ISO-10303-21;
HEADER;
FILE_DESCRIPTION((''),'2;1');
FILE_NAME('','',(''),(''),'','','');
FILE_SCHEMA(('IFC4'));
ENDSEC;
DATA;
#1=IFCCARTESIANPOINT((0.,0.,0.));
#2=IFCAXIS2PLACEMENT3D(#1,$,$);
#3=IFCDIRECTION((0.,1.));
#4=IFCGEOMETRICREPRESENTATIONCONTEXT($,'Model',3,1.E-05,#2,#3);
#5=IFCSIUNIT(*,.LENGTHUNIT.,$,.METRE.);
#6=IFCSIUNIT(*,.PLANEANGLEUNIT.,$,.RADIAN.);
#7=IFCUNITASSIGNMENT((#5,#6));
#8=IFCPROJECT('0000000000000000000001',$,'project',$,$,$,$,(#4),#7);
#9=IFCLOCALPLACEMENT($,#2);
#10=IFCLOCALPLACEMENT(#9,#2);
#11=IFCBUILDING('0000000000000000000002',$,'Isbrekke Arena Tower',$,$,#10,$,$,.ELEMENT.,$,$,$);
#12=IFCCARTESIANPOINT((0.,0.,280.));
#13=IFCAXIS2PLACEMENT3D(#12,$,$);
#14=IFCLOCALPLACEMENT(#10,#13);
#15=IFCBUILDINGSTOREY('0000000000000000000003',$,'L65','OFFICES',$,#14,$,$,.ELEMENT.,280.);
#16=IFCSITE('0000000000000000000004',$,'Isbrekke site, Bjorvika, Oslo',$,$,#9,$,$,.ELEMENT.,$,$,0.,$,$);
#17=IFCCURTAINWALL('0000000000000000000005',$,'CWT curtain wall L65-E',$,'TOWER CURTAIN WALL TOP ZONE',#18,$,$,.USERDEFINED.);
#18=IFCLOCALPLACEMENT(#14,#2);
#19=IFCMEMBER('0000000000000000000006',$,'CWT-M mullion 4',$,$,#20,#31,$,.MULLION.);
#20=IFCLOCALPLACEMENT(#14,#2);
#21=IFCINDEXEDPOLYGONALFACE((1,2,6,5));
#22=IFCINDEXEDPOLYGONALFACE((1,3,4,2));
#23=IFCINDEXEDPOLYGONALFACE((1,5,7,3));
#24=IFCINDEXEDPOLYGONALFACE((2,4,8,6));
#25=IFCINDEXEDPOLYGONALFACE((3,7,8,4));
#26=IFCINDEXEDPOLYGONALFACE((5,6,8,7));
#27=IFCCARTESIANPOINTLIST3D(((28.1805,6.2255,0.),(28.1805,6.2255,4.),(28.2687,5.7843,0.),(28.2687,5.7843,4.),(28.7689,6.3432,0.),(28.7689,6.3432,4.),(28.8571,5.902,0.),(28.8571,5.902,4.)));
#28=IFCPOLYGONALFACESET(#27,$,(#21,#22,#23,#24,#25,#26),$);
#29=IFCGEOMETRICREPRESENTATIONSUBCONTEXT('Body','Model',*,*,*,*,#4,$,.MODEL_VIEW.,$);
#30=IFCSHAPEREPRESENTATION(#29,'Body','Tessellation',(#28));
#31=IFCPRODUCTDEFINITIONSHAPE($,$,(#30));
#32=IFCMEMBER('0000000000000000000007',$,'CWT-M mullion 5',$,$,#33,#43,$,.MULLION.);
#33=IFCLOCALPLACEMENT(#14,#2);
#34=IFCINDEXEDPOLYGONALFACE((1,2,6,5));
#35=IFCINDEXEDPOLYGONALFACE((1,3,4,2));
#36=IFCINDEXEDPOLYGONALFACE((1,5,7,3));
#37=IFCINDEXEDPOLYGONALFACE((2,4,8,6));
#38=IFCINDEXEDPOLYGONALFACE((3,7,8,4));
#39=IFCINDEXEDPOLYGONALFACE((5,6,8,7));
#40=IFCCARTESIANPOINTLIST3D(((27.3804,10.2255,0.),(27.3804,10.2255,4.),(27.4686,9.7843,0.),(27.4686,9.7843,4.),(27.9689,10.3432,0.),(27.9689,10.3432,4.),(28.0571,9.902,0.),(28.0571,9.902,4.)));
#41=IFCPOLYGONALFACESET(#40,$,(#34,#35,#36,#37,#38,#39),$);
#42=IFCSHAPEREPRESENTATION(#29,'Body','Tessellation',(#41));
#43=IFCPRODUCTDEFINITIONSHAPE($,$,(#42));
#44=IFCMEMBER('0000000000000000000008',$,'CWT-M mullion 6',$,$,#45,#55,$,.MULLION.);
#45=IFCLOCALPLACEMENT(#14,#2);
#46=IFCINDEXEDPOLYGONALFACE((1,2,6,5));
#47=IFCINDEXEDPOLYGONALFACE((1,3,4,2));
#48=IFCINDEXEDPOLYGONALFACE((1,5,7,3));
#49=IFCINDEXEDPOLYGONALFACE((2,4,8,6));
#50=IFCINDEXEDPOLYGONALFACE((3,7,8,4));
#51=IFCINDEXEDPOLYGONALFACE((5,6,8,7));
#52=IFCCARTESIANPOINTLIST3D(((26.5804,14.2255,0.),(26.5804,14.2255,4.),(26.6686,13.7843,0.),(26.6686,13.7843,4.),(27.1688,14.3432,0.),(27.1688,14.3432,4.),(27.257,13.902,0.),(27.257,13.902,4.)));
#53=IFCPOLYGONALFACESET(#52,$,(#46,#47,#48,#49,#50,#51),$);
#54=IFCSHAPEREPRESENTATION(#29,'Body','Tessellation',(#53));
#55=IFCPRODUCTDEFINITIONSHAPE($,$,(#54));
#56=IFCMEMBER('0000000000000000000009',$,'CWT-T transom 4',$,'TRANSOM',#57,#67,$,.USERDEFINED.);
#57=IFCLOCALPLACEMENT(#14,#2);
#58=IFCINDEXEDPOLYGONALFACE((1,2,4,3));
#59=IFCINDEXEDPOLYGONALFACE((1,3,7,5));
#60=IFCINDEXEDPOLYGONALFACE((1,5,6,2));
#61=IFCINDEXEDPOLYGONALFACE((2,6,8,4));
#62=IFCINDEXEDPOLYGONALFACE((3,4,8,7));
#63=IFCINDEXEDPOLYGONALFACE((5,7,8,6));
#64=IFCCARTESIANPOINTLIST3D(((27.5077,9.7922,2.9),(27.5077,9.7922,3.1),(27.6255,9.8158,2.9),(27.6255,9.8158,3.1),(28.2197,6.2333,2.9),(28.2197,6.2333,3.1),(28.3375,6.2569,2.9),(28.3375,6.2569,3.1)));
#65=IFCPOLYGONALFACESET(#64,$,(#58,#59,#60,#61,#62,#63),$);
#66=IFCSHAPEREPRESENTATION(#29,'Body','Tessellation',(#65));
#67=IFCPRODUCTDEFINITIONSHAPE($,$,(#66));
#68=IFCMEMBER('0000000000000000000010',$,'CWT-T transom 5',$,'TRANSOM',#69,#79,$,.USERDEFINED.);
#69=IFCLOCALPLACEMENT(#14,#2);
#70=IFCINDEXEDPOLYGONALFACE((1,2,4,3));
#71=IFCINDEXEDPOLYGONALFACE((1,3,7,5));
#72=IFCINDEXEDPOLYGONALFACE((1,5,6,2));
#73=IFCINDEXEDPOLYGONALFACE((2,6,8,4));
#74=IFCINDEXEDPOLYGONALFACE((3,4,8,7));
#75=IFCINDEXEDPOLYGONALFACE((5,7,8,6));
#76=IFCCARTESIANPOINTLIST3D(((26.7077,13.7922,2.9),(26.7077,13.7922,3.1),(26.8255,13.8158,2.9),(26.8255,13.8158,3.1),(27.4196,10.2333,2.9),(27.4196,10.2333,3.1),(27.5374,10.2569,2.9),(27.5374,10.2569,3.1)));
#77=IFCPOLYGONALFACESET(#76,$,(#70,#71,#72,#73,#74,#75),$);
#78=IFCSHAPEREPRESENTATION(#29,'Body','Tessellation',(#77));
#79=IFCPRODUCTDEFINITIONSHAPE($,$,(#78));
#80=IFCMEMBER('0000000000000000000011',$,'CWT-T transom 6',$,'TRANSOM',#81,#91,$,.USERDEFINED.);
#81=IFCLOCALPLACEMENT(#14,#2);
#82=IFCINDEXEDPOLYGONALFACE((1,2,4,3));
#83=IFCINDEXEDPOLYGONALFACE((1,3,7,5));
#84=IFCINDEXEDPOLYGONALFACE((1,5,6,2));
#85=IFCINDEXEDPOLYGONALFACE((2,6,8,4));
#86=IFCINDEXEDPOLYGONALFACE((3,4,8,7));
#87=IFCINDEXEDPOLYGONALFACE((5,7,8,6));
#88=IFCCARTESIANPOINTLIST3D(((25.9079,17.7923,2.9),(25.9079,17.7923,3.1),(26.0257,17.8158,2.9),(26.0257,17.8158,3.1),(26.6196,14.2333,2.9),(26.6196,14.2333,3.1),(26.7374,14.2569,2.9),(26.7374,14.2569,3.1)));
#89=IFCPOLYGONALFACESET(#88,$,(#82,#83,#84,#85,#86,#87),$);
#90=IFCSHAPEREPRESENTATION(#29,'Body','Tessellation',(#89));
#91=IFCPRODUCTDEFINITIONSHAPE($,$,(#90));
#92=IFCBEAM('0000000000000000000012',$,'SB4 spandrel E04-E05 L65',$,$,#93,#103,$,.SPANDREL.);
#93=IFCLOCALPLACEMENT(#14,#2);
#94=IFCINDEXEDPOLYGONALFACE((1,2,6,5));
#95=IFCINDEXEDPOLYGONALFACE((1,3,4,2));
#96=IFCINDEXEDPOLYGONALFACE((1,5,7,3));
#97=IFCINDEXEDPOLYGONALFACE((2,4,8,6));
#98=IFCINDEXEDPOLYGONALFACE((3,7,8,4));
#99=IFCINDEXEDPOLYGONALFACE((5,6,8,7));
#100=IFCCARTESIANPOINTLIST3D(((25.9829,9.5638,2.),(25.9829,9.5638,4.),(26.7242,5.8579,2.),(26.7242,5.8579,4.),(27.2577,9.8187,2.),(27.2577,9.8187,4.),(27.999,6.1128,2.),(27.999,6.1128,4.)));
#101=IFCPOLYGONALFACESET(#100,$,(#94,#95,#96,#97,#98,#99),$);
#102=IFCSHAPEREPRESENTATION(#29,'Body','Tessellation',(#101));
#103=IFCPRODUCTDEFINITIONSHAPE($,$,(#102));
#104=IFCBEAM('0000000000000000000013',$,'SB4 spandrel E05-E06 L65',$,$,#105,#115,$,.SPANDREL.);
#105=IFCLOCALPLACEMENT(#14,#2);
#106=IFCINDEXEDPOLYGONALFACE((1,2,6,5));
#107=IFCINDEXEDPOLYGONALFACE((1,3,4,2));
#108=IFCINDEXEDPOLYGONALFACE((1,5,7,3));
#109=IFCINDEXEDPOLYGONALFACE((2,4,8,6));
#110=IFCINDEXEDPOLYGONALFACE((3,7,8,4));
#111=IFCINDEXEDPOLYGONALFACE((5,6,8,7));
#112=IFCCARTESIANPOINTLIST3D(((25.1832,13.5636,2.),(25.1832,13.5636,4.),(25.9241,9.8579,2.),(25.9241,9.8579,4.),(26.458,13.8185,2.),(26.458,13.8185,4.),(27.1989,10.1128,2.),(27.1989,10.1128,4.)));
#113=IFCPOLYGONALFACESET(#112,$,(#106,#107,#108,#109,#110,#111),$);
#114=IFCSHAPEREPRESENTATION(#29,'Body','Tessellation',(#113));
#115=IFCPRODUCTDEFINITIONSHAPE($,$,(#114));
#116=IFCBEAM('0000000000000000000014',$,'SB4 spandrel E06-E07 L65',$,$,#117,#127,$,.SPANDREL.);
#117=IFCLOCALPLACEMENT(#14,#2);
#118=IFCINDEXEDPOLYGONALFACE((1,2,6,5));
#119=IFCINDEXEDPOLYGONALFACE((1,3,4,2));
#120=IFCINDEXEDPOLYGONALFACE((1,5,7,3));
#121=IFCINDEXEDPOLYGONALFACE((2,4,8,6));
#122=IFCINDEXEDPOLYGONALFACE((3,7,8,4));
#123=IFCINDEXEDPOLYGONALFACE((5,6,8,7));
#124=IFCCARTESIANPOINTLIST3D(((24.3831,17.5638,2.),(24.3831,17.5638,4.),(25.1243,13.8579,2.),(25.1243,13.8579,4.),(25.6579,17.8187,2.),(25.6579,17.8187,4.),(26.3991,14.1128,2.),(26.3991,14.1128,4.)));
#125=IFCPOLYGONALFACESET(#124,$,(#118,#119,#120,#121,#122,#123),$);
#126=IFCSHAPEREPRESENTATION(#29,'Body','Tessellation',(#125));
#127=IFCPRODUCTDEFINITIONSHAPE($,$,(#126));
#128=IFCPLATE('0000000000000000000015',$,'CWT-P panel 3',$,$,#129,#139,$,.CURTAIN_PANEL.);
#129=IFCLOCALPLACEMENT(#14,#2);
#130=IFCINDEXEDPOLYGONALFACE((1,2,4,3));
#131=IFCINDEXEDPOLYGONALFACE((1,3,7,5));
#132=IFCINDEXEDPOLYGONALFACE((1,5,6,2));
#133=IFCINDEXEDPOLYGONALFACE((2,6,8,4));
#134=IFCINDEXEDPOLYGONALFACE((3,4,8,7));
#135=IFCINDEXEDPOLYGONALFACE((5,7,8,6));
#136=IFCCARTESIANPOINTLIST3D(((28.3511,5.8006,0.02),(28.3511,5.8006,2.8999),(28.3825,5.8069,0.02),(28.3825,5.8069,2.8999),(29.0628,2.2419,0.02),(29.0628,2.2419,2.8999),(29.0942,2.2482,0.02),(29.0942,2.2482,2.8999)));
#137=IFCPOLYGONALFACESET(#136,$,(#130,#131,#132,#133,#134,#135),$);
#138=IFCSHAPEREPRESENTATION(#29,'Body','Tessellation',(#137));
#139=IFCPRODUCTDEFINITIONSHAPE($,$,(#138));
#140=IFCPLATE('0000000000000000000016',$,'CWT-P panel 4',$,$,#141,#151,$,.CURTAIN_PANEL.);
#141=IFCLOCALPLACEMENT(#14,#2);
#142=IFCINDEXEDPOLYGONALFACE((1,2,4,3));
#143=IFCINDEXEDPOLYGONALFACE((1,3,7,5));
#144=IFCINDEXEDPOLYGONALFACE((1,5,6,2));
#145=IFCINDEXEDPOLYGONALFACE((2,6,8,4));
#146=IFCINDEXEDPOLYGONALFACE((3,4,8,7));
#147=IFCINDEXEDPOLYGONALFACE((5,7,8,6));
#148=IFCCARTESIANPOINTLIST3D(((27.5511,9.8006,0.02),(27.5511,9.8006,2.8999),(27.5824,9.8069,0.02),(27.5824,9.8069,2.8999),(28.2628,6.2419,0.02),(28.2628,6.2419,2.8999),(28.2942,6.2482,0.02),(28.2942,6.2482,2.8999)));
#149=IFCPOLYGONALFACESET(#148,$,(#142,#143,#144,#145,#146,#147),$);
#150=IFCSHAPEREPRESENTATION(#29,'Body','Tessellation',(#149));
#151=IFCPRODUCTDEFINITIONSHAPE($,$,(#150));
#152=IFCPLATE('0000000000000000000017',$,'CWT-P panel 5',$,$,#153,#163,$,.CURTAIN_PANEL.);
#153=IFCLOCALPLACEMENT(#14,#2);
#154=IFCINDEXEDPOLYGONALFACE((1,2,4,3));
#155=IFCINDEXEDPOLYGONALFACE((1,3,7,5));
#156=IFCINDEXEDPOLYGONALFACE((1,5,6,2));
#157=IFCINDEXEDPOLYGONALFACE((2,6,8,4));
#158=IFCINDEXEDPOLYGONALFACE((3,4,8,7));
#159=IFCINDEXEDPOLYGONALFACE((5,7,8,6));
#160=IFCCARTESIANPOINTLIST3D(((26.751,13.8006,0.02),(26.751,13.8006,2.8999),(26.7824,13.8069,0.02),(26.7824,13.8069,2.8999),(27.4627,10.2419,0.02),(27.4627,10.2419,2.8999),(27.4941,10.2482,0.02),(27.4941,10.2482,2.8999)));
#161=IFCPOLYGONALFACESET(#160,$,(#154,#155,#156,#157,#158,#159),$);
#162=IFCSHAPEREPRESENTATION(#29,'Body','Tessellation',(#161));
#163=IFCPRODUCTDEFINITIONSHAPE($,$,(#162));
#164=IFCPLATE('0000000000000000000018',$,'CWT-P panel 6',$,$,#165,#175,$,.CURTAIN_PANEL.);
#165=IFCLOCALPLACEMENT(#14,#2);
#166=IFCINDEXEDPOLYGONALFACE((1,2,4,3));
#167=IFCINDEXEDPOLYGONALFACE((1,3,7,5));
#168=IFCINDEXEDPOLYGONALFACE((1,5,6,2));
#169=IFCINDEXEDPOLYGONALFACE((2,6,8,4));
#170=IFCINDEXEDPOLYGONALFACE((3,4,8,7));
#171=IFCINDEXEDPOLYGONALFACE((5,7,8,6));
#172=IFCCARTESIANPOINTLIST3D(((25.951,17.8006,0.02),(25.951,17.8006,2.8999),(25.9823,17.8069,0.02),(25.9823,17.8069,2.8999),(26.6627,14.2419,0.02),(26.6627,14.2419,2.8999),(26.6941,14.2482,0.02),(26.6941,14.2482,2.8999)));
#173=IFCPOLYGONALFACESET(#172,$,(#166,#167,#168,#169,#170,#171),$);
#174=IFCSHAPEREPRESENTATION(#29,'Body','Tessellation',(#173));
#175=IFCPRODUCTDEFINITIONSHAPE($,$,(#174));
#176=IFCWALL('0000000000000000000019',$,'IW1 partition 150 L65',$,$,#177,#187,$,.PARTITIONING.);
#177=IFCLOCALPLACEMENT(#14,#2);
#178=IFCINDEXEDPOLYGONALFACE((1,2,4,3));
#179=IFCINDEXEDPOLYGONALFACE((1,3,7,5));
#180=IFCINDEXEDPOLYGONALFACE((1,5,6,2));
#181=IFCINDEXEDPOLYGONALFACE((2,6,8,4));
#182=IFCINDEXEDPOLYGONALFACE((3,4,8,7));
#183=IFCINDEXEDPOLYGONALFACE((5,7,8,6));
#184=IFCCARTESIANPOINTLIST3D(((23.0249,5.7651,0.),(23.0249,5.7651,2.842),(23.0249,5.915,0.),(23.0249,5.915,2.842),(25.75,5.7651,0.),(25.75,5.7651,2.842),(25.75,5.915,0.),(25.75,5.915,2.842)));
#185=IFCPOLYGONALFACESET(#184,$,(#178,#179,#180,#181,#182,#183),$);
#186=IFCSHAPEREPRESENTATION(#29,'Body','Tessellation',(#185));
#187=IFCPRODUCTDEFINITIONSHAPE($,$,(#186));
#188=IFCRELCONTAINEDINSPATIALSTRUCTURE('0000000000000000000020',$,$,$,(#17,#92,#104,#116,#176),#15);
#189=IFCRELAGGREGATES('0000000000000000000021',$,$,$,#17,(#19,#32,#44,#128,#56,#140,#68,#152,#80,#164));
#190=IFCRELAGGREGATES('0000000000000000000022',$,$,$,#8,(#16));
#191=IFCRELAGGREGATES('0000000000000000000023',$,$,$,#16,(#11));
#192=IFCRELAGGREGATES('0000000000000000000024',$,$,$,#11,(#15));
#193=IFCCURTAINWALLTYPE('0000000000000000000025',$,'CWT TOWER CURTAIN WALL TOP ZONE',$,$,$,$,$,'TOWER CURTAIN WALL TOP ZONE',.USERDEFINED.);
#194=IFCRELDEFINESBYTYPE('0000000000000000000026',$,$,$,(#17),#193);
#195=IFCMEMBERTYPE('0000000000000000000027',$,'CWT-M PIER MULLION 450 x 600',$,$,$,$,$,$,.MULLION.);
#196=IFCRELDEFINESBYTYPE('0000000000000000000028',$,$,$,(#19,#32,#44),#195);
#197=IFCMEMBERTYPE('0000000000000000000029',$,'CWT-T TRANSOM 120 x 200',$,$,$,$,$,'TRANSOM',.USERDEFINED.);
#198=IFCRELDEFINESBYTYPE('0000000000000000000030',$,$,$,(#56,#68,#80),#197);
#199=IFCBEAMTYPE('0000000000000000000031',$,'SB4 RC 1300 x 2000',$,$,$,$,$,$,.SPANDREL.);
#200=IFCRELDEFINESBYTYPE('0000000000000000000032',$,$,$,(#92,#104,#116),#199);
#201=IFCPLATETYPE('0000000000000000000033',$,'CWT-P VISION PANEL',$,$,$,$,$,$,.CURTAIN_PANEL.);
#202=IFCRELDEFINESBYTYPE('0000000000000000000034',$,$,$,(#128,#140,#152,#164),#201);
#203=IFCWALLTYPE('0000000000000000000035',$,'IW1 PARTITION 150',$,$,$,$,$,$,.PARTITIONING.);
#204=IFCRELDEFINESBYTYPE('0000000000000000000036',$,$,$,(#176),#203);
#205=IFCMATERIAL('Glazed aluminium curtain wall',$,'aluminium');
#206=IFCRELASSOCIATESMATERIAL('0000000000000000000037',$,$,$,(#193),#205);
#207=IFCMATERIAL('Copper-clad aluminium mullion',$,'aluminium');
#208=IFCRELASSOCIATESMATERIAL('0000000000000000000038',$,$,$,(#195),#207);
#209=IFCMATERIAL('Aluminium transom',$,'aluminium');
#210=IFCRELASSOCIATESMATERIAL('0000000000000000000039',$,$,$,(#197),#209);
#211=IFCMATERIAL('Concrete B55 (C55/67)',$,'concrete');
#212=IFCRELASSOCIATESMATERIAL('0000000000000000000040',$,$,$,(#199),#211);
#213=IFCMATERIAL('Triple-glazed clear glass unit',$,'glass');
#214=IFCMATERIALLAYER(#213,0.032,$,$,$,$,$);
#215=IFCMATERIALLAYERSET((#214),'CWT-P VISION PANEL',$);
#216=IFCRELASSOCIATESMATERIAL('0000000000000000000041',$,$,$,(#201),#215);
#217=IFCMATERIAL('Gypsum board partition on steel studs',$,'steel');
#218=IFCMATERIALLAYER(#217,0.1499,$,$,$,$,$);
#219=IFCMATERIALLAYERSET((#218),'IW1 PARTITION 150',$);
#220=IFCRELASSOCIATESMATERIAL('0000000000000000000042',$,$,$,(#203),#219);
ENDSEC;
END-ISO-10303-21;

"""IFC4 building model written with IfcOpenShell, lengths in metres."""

from ifc_helpers import new_model, si_unit, direction, frame, frame_2d, origin, origin_2d, place, context, subcontext, project, spatial, rectangle, extrude, material, layer, layer_set, material_profile, profile_set, type_object, element, aggregate, save


model = new_model("IFC4")

# Units and contexts
model_context = context("Model", 3, precision=1e-05, world=origin(), true_north=direction((0.0, 1.0)))
body_context = subcontext(model_context, "Body", "Model", "MODEL_VIEW")
ifc_project = project(units=[si_unit("LENGTHUNIT", "METRE"), si_unit("PLANEANGLEUNIT", "RADIAN")], contexts=[model_context])

# Site, building, storey
site_placement = place(None, origin())
site = spatial("IfcSite", under=ifc_project, at=site_placement, Name="Isbrekke site, Bjorvika, Oslo", CompositionType="ELEMENT", RefElevation=0.0)
building_placement = place(site_placement, origin())
building = spatial("IfcBuilding", under=site, at=building_placement, Name="Isbrekke Arena Tower", CompositionType="ELEMENT")
storey_placement = place(building_placement, frame((0.0, 0.0, 280.0)))
storey = spatial("IfcBuildingStorey", under=building, at=storey_placement, Name="L65", Description="OFFICES", CompositionType="ELEMENT", Elevation=280.0)

# Curtain wall, members
ifc_material_1 = material(Name="Glazed aluminium curtain wall", Category="aluminium")
curtain_wall_type = type_object("IfcCurtainWallType", Name="CWT TOWER CURTAIN WALL TOP ZONE", ElementType="TOWER CURTAIN WALL TOP ZONE", PredefinedType="USERDEFINED", material=ifc_material_1)
curtain_wall_placement = place(storey_placement, origin())
curtain_wall = element("IfcCurtainWall", 1, at=curtain_wall_placement, inside=storey, type_object=curtain_wall_type, Name="CWT curtain wall L65-E", ObjectType="TOWER CURTAIN WALL TOP ZONE", PredefinedType="USERDEFINED")
ifc_material_2 = material(Name="Copper-clad aluminium mullion", Category="aluminium")
ifc_material_profile_1 = material_profile(ifc_material_2, rectangle(XDim=0.45, YDim=0.6001, at=origin_2d()), Name="PIER 450X600")
ifc_profile_set_1 = profile_set([ifc_material_profile_1], Name="Copper-clad aluminium mullion")
member_type_1 = type_object("IfcMemberType", Name="CWT-M PIER MULLION 450 x 600", PredefinedType="MULLION", material=ifc_profile_set_1)
member_1_placement = place(storey_placement, frame((28.5188, 6.0637, 0.0), z_axis=(0.0, 0.0, 1.0), x_axis=(-0.196116, 0.980581, 0.0)))
member_1 = element("IfcMember", 2, at=member_1_placement, type_object=member_type_1, Name="CWT-M mullion 4", PredefinedType="MULLION", context=body_context, shape_type="SweptSolid", body=[
    extrude(rectangle(XDim=0.45, YDim=0.6001, at=origin_2d()), origin(), (0.0, 0.0, 1.0), 4.0),
])
member_2_placement = place(storey_placement, frame((27.7188, 10.0637, 0.0), z_axis=(0.0, 0.0, 1.0), x_axis=(-0.196116, 0.980581, 0.0)))
member_2 = element("IfcMember", 3, at=member_2_placement, type_object=member_type_1, Name="CWT-M mullion 5", PredefinedType="MULLION", context=body_context, shape_type="SweptSolid", body=[
    extrude(rectangle(XDim=0.45, YDim=0.6001, at=origin_2d()), origin(), (0.0, 0.0, 1.0), 4.0),
])
member_3_placement = place(storey_placement, frame((26.9187, 14.0637, 0.0), z_axis=(0.0, 0.0, 1.0), x_axis=(-0.196116, 0.980581, 0.0)))
member_3 = element("IfcMember", 4, at=member_3_placement, type_object=member_type_1, Name="CWT-M mullion 6", PredefinedType="MULLION", context=body_context, shape_type="SweptSolid", body=[
    extrude(rectangle(XDim=0.45, YDim=0.6001, at=origin_2d()), origin(), (0.0, 0.0, 1.0), 4.0),
])
ifc_material_3 = material(Name="Aluminium transom", Category="aluminium")
ifc_material_profile_2 = material_profile(ifc_material_3, rectangle(XDim=0.1201, YDim=0.2, at=origin_2d()), Name="TRANSOM 120X200")
ifc_profile_set_2 = profile_set([ifc_material_profile_2], Name="Aluminium transom")
member_type_2 = type_object("IfcMemberType", Name="CWT-T TRANSOM 120 x 200", ElementType="TRANSOM", PredefinedType="USERDEFINED", material=ifc_profile_set_2)
member_4_placement = place(storey_placement, frame((28.2786, 6.2451, 3.0), z_axis=(-0.196155, 0.980573, 0.0), x_axis=(-0.980573, -0.196155, 0.0)))
member_4 = element("IfcMember", 5, at=member_4_placement, type_object=member_type_2, Name="CWT-T transom 4", ObjectType="TRANSOM", PredefinedType="USERDEFINED", context=body_context, shape_type="SweptSolid", body=[
    extrude(rectangle(XDim=0.1201, YDim=0.2, at=origin_2d()), origin(), (0.0, 0.0, 1.0), 3.6294),
])
member_5_placement = place(storey_placement, frame((27.4785, 10.2451, 3.0), z_axis=(-0.196155, 0.980573, 0.0), x_axis=(-0.980573, -0.196155, 0.0)))
member_5 = element("IfcMember", 6, at=member_5_placement, type_object=member_type_2, Name="CWT-T transom 5", ObjectType="TRANSOM", PredefinedType="USERDEFINED", context=body_context, shape_type="SweptSolid", body=[
    extrude(rectangle(XDim=0.1201, YDim=0.2, at=origin_2d()), origin(), (0.0, 0.0, 1.0), 3.6294),
])
member_6_placement = place(storey_placement, frame((26.6785, 14.2451, 3.0), z_axis=(-0.19609, 0.980586, 0.0), x_axis=(-0.980586, -0.19609, 0.0)))
member_6 = element("IfcMember", 7, at=member_6_placement, type_object=member_type_2, Name="CWT-T transom 6", ObjectType="TRANSOM", PredefinedType="USERDEFINED", context=body_context, shape_type="SweptSolid", body=[
    extrude(rectangle(XDim=0.1201, YDim=0.2, at=origin_2d()), origin(), (0.0, 0.0, 1.0), 3.6294),
])

# Beams
ifc_material_4 = material(Name="Concrete B55 (C55/67)", Category="concrete")
ifc_material_profile_3 = material_profile(ifc_material_4, rectangle(XDim=1.3, YDim=2.0, at=origin_2d()), Name="RC 1300x2000")
ifc_profile_set_3 = profile_set([ifc_material_profile_3], Name="Concrete B55 (C55/67)")
beam_type_1 = type_object("IfcBeamType", Name="SB4 RC 1300 x 2000", PredefinedType="SPANDREL", material=ifc_profile_set_3)
beam_1_placement = place(storey_placement, frame((27.3616, 5.9854, 3.0), z_axis=(-0.196129, 0.980578, 0.0), x_axis=(-0.980578, -0.196129, 0.0)))
element("IfcBeam", 8, at=beam_1_placement, inside=storey, type_object=beam_type_1, Name="SB4 spandrel E04-E05 L65", PredefinedType="SPANDREL", context=body_context, shape_type="SweptSolid", body=[
    extrude(rectangle(XDim=1.3, YDim=2.0, at=origin_2d()), origin(), (0.0, 0.0, 1.0), 3.7793),
])
beam_2_placement = place(storey_placement, frame((26.5615, 9.9854, 3.0), z_axis=(-0.196066, 0.980591, 0.0), x_axis=(-0.980591, -0.196066, 0.0)))
element("IfcBeam", 9, at=beam_2_placement, inside=storey, type_object=beam_type_1, Name="SB4 spandrel E05-E06 L65", PredefinedType="SPANDREL", context=body_context, shape_type="SweptSolid", body=[
    extrude(rectangle(XDim=1.3, YDim=2.0, at=origin_2d()), origin(), (0.0, 0.0, 1.0), 3.7791),
])
beam_3_placement = place(storey_placement, frame((25.7617, 13.9854, 3.0), z_axis=(-0.196129, 0.980578, 0.0), x_axis=(-0.980578, -0.196129, 0.0)))
element("IfcBeam", 10, at=beam_3_placement, inside=storey, type_object=beam_type_1, Name="SB4 spandrel E06-E07 L65", PredefinedType="SPANDREL", context=body_context, shape_type="SweptSolid", body=[
    extrude(rectangle(XDim=1.3, YDim=2.0, at=origin_2d()), origin(), (0.0, 0.0, 1.0), 3.7793),
])

# Plates
ifc_material_5 = material(Name="Triple-glazed clear glass unit", Category="glass")
ifc_layer_1 = layer(ifc_material_5, 0.032)
ifc_layer_set_1 = layer_set([ifc_layer_1], Name="CWT-P VISION PANEL")
plate_type = type_object("IfcPlateType", Name="CWT-P VISION PANEL", PredefinedType="CURTAIN_PANEL", material=ifc_layer_set_1)
plate_1_placement = place(storey_placement, frame((28.7227, 4.0244, 0.02), z_axis=(0.0, 0.0, 1.0), x_axis=(-0.196116, 0.980581, 0.0)))
plate_1 = element("IfcPlate", 11, at=plate_1_placement, type_object=plate_type, Name="CWT-P panel 3", PredefinedType="CURTAIN_PANEL", context=body_context, shape_type="SweptSolid", body=[
    extrude(rectangle(XDim=3.6292, YDim=0.032, at=origin_2d()), origin(), (0.0, 0.0, 1.0), 2.8799),
])
plate_2_placement = place(storey_placement, frame((27.9226, 8.0244, 0.02), z_axis=(0.0, 0.0, 1.0), x_axis=(-0.196116, 0.980581, 0.0)))
plate_2 = element("IfcPlate", 12, at=plate_2_placement, type_object=plate_type, Name="CWT-P panel 4", PredefinedType="CURTAIN_PANEL", context=body_context, shape_type="SweptSolid", body=[
    extrude(rectangle(XDim=3.6292, YDim=0.032, at=origin_2d()), origin(), (0.0, 0.0, 1.0), 2.8799),
])
plate_3_placement = place(storey_placement, frame((27.1226, 12.0244, 0.02), z_axis=(0.0, 0.0, 1.0), x_axis=(-0.196116, 0.980581, 0.0)))
plate_3 = element("IfcPlate", 13, at=plate_3_placement, type_object=plate_type, Name="CWT-P panel 5", PredefinedType="CURTAIN_PANEL", context=body_context, shape_type="SweptSolid", body=[
    extrude(rectangle(XDim=3.6292, YDim=0.032, at=origin_2d()), origin(), (0.0, 0.0, 1.0), 2.8799),
])
plate_4_placement = place(storey_placement, frame((26.3225, 16.0244, 0.02), z_axis=(0.0, 0.0, 1.0), x_axis=(-0.196116, 0.980581, 0.0)))
plate_4 = element("IfcPlate", 14, at=plate_4_placement, type_object=plate_type, Name="CWT-P panel 6", PredefinedType="CURTAIN_PANEL", context=body_context, shape_type="SweptSolid", body=[
    extrude(rectangle(XDim=3.6292, YDim=0.032, at=origin_2d()), origin(), (0.0, 0.0, 1.0), 2.8799),
])
aggregate(curtain_wall, [member_1, member_2, member_3, plate_1, member_4, plate_2, member_5, plate_3, member_6, plate_4])

# Wall
ifc_material_6 = material(Name="Gypsum board partition on steel studs", Category="steel")
ifc_layer_2 = layer(ifc_material_6, 0.1499)
ifc_layer_set_2 = layer_set([ifc_layer_2], Name="IW1 PARTITION 150")
wall_type = type_object("IfcWallType", Name="IW1 PARTITION 150", PredefinedType="PARTITIONING", material=ifc_layer_set_2)
wall_1_placement = place(storey_placement, frame((23.0249, 5.8401, 0.0), z_axis=(0.0, 0.0, 1.0), x_axis=(1.0, 0.0, 0.0)))
element("IfcWall", 15, at=wall_1_placement, inside=storey, type_object=wall_type, Name="IW1 partition 150 L65", PredefinedType="PARTITIONING", context=body_context, shape_type="SweptSolid", body=[
    extrude(rectangle(XDim=2.7251, YDim=0.1499, at=frame_2d((1.3625, 0.0))), origin(), (0.0, 0.0, 1.0), 2.842),
])

save(model, "model.ifc")
